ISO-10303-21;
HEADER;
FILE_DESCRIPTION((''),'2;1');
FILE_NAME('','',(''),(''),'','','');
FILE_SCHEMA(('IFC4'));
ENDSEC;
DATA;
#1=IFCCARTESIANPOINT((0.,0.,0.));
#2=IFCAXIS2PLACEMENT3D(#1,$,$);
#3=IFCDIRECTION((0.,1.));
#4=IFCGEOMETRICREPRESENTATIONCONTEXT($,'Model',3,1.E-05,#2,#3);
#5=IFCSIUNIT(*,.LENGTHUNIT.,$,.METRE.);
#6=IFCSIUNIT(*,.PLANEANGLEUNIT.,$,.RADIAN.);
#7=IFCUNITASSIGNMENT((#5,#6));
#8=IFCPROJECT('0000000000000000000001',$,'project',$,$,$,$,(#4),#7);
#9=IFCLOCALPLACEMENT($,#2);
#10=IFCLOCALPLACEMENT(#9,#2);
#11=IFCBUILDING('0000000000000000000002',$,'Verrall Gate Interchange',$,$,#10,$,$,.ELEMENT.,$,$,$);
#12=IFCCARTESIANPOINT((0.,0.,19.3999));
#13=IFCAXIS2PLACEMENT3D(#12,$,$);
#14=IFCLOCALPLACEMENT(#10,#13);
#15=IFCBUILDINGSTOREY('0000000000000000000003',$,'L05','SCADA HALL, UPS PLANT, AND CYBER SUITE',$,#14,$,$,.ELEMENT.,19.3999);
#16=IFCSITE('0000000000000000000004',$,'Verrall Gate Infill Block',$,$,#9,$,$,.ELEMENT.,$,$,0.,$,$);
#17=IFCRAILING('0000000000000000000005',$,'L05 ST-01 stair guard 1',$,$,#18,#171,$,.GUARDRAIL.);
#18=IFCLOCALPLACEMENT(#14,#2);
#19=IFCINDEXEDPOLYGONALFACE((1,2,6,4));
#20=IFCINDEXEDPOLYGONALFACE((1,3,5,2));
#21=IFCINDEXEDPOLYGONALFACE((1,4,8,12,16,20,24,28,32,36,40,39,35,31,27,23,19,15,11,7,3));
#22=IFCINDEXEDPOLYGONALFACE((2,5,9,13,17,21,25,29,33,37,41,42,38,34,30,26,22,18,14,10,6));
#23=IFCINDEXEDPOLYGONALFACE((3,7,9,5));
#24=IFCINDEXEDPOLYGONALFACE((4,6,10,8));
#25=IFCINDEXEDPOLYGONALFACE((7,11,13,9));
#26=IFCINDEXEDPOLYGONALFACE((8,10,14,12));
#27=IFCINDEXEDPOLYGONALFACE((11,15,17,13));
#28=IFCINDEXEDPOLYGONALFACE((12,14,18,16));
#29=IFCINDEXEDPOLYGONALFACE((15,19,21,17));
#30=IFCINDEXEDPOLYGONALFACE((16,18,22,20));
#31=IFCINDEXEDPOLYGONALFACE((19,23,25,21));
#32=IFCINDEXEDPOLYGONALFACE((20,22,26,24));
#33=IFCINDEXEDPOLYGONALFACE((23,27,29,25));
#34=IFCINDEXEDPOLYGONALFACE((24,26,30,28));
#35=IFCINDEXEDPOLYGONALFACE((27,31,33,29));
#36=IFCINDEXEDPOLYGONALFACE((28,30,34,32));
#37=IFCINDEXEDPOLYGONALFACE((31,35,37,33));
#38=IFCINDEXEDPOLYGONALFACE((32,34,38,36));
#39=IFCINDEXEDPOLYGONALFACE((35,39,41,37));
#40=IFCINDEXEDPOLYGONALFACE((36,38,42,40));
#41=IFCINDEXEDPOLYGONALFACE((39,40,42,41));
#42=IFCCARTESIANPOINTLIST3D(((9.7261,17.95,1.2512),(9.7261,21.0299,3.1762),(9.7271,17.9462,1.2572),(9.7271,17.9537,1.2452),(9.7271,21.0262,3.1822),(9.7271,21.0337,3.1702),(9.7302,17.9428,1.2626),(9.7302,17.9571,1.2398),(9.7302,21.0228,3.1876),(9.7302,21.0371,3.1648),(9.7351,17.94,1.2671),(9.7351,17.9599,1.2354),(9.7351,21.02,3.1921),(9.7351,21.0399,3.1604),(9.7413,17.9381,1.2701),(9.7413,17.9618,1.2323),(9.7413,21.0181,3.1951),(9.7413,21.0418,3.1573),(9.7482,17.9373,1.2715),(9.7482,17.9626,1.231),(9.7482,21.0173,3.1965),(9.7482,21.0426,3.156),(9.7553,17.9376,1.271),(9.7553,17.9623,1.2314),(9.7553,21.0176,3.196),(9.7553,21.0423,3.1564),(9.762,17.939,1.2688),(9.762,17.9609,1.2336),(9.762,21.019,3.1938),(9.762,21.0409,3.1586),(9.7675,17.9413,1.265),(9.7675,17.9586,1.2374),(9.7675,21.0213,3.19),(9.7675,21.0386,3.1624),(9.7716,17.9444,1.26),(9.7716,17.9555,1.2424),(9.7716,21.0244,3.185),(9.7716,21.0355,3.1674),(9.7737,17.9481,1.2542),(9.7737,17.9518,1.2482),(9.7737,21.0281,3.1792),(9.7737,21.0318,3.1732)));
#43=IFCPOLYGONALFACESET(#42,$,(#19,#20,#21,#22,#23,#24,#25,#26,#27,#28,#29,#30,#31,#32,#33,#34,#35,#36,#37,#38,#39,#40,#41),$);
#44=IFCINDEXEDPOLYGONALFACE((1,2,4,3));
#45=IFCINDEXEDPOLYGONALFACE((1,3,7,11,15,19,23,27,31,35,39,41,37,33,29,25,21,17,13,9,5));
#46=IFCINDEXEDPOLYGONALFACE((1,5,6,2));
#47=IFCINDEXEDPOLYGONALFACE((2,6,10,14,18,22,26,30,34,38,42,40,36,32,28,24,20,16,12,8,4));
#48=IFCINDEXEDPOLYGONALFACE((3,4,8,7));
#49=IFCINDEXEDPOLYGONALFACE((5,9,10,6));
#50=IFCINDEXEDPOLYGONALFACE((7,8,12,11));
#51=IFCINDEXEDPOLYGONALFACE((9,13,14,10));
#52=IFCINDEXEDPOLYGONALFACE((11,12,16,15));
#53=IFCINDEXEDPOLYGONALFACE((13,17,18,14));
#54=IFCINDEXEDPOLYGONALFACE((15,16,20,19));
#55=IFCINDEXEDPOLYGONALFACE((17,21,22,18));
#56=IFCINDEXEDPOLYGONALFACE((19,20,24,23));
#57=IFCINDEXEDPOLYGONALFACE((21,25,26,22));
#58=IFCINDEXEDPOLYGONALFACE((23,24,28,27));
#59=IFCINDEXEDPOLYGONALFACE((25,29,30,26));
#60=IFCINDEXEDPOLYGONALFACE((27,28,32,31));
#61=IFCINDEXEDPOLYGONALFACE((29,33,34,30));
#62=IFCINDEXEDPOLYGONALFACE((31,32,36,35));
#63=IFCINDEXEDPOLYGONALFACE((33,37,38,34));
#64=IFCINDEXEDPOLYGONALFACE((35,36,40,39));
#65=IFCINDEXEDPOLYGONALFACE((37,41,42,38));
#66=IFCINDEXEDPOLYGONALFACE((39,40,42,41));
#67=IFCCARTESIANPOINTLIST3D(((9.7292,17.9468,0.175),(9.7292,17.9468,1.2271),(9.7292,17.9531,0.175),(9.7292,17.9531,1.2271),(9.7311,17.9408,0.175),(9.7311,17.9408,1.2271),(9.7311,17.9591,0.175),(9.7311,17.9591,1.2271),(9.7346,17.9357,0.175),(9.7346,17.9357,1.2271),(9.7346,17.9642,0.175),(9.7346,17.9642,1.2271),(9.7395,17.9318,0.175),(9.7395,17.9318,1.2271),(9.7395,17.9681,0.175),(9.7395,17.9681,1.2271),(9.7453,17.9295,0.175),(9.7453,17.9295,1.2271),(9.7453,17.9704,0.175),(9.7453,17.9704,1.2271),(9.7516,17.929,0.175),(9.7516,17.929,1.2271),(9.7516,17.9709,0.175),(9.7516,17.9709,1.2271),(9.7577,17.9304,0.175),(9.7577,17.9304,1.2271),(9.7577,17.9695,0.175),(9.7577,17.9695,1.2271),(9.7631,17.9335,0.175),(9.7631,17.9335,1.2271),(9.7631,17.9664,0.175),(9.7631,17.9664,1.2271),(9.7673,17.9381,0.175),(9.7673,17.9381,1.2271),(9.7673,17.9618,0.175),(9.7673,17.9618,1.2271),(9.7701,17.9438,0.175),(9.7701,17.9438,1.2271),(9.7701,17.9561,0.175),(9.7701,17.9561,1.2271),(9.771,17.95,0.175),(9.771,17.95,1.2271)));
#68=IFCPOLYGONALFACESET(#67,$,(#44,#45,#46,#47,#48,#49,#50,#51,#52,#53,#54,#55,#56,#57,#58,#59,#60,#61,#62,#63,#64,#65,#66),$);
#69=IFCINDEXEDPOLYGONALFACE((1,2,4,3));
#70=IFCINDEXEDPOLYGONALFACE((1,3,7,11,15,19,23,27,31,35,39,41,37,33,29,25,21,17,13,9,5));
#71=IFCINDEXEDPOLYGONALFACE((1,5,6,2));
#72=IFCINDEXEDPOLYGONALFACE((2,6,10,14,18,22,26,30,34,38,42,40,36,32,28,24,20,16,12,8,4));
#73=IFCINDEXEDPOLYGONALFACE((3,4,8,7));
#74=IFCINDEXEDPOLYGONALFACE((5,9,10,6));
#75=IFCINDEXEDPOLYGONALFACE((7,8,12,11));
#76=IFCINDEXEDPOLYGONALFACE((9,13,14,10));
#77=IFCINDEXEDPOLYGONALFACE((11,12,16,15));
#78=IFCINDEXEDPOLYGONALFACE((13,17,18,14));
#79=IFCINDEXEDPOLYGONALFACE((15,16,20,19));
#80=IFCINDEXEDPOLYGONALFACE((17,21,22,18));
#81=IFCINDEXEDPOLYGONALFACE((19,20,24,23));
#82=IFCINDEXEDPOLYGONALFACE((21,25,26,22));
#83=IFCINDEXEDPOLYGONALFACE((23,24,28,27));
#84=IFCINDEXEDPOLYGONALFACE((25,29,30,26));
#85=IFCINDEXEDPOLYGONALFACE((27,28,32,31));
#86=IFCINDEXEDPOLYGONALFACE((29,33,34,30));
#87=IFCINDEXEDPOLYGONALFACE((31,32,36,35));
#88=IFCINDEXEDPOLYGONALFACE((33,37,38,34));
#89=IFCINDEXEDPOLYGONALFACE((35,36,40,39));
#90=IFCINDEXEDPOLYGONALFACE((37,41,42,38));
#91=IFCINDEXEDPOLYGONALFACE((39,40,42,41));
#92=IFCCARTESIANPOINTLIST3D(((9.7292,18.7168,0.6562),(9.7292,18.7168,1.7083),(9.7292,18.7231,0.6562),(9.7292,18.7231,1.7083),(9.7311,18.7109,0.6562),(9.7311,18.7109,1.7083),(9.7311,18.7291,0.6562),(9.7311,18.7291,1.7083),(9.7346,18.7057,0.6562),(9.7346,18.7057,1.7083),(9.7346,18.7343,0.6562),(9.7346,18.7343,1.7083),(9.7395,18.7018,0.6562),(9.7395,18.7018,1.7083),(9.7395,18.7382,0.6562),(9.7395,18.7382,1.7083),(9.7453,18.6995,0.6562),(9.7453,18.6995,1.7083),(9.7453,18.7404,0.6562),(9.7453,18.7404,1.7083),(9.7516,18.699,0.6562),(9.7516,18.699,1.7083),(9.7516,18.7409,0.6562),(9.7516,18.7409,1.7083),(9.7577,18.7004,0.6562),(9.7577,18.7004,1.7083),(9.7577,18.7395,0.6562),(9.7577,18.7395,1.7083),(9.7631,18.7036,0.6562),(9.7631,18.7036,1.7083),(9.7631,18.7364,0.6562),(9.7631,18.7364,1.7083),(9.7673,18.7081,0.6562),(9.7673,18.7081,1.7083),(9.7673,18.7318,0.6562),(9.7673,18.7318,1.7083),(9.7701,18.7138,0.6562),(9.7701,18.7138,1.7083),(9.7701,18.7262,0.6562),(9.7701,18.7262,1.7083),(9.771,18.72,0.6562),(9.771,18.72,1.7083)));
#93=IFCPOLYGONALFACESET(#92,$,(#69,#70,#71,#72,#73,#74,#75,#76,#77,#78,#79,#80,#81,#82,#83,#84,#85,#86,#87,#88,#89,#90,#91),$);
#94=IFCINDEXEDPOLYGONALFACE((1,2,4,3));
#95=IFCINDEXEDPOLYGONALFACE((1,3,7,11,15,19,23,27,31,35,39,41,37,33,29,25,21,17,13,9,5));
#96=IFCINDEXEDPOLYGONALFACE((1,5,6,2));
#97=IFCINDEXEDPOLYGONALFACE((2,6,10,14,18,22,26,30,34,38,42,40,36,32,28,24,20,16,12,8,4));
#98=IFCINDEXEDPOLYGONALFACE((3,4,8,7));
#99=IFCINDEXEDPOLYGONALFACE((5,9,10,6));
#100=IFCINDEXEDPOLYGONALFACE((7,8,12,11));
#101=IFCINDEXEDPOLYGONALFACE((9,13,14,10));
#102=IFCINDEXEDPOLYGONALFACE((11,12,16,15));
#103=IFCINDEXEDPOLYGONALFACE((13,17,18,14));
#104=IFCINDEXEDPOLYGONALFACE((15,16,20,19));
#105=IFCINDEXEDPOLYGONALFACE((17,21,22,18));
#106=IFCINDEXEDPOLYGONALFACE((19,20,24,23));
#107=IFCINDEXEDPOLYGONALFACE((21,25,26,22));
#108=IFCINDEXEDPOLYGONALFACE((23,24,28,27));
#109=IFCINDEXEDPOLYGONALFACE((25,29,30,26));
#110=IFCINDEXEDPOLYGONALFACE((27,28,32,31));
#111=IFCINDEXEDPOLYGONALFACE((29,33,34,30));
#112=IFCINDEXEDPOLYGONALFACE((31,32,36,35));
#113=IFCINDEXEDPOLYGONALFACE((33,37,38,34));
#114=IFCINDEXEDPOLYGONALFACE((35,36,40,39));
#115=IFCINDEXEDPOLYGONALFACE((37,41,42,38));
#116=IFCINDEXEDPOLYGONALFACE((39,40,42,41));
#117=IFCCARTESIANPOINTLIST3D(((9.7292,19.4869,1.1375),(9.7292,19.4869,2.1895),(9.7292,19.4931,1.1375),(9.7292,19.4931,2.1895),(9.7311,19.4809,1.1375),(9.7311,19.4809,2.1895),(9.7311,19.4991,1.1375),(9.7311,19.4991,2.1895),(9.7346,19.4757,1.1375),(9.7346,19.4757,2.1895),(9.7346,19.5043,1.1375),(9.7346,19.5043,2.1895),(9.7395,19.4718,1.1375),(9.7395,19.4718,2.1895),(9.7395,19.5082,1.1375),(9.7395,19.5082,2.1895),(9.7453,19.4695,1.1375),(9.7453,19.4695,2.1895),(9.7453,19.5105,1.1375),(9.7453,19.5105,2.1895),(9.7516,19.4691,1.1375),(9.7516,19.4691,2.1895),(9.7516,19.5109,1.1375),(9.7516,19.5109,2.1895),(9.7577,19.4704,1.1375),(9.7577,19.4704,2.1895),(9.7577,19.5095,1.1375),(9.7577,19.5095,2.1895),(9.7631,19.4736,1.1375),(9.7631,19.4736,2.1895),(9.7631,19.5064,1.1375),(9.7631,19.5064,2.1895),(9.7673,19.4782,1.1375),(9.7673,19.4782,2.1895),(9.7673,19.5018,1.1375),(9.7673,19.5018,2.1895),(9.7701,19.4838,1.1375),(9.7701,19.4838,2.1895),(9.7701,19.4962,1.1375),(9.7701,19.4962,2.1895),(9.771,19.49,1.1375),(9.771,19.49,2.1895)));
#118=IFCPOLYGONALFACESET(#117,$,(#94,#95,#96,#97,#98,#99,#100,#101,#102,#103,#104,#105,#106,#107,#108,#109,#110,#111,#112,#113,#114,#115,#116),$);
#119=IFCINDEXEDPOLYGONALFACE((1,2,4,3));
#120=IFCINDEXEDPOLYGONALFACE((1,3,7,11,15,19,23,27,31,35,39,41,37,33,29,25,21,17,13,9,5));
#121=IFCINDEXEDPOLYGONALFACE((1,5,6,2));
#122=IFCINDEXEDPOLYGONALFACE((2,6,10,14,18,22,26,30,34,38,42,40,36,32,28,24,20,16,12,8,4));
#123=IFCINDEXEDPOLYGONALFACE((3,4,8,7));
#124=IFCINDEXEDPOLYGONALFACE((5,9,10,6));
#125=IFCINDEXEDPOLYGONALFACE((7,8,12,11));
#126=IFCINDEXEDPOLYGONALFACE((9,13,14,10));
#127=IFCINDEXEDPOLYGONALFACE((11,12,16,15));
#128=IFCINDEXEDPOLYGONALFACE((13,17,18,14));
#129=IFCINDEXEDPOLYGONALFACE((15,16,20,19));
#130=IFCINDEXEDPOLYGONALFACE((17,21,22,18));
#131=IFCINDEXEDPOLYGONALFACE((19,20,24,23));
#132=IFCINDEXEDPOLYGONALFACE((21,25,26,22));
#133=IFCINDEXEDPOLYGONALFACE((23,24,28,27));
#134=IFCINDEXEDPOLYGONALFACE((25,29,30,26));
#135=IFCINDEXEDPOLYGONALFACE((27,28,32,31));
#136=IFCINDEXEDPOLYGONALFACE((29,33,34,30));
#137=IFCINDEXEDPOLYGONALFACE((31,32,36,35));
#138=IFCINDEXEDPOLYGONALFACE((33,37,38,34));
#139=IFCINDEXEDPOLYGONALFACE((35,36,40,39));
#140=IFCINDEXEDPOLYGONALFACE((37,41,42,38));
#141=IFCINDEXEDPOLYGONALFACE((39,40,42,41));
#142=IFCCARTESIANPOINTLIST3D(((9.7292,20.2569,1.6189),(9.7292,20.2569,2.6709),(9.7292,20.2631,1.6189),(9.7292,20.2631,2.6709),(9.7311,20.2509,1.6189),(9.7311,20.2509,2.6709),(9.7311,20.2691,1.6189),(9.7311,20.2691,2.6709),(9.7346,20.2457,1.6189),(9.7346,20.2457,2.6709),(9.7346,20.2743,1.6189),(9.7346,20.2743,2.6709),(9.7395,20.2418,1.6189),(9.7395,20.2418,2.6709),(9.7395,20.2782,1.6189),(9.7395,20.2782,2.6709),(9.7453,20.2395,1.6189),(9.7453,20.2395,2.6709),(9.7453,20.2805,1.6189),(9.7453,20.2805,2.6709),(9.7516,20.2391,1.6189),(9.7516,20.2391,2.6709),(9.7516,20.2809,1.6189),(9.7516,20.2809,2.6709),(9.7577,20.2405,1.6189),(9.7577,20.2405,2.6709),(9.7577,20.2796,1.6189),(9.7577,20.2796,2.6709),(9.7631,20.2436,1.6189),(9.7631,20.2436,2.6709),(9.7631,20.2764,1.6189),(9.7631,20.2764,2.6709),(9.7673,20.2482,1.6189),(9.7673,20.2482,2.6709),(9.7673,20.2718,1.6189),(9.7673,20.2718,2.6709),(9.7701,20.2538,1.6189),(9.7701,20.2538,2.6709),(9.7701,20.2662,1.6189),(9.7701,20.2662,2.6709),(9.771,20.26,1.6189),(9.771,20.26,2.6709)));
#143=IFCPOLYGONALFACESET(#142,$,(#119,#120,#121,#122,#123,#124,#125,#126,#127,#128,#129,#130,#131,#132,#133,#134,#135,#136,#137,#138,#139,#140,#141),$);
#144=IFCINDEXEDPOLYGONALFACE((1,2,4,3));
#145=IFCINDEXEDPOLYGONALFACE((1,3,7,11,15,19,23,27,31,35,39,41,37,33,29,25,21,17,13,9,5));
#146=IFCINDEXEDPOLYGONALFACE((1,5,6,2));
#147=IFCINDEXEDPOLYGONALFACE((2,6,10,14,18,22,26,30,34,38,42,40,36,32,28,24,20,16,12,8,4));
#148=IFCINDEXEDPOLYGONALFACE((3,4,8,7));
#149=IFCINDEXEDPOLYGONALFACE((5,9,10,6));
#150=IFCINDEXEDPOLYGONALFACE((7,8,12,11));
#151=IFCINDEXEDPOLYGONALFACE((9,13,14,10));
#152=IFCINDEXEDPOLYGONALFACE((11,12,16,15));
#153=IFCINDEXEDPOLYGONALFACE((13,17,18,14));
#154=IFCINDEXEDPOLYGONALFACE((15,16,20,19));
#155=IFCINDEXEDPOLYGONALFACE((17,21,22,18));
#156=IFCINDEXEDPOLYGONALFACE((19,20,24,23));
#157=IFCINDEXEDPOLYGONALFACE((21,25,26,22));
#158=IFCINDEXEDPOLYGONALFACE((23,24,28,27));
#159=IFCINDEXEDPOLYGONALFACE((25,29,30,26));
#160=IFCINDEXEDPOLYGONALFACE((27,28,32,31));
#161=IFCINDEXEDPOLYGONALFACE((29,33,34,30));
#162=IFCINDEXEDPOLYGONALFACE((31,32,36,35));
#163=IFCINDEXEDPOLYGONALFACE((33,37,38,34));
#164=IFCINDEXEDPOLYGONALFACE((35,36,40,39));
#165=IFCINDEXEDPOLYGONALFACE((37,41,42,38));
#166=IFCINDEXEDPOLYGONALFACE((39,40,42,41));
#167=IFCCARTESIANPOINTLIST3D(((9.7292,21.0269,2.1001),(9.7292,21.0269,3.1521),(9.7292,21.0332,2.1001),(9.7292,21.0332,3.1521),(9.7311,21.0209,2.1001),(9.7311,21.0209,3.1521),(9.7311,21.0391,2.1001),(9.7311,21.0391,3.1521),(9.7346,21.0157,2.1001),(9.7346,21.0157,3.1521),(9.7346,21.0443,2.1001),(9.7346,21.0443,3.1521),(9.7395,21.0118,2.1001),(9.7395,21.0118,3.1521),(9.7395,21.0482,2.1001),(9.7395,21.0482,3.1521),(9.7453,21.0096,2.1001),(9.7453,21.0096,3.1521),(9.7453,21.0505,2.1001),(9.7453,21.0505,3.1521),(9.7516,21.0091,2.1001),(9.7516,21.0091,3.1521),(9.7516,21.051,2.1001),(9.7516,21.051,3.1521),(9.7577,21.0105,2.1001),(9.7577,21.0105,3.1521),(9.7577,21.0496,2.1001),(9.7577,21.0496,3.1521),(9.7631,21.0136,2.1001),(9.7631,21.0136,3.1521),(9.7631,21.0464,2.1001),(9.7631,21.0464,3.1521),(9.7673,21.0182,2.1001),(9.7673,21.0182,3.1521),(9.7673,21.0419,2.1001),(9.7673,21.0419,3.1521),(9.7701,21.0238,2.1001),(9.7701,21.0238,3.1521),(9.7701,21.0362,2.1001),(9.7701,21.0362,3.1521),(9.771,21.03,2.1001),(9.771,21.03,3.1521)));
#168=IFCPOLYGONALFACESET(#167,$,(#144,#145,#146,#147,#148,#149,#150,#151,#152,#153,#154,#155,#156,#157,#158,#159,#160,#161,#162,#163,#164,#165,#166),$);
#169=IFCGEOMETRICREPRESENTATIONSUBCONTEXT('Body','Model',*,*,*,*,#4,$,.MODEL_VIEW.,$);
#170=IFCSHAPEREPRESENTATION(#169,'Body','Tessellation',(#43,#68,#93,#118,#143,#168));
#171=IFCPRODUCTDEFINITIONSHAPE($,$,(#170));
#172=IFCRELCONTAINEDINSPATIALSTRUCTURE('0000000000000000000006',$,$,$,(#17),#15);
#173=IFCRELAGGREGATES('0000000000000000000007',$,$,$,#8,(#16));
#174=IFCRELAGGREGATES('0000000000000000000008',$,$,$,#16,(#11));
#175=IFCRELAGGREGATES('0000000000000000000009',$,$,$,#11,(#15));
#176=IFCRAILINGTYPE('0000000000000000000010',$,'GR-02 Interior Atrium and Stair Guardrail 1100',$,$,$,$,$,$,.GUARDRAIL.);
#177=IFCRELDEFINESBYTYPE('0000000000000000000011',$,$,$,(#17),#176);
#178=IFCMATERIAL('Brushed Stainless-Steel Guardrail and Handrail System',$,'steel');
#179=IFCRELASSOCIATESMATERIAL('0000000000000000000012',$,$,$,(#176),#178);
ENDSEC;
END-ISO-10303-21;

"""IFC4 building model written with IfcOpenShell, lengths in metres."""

from ifc_helpers import new_model, si_unit, direction, frame, origin, origin_2d, place, context, subcontext, project, spatial, circle, extrude, material, type_object, element, save


model = new_model("IFC4")

# Units and contexts
model_context = context("Model", 3, precision=1e-05, world=origin(), true_north=direction((0.0, 1.0)))
body_context = subcontext(model_context, "Body", "Model", "MODEL_VIEW")
ifc_project = project(units=[si_unit("LENGTHUNIT", "METRE"), si_unit("PLANEANGLEUNIT", "RADIAN")], contexts=[model_context])

# Site, building, storey
site_placement = place(None, origin())
site = spatial("IfcSite", under=ifc_project, at=site_placement, Name="Verrall Gate Infill Block", CompositionType="ELEMENT", RefElevation=0.0)
building_placement = place(site_placement, origin())
building = spatial("IfcBuilding", under=site, at=building_placement, Name="Verrall Gate Interchange", CompositionType="ELEMENT")
storey_placement = place(building_placement, frame((0.0, 0.0, 19.3999)))
storey = spatial("IfcBuildingStorey", under=building, at=storey_placement, Name="L05", Description="SCADA HALL, UPS PLANT, AND CYBER SUITE", CompositionType="ELEMENT", Elevation=19.3999)

# Railing
ifc_material_1 = material(Name="Brushed Stainless-Steel Guardrail and Handrail System", Category="steel")
railing_type_1 = type_object("IfcRailingType", Name="GR-02 Interior Atrium and Stair Guardrail 1100", PredefinedType="GUARDRAIL", material=ifc_material_1)
railing_1_placement = place(storey_placement, frame((9.75, 17.95, 0.175)))
element("IfcRailing", 1, at=railing_1_placement, inside=storey, type_object=railing_type_1, Name="L05 ST-01 stair guard 1", PredefinedType="GUARDRAIL", context=body_context, shape_type="SweptSolid", body=[
    extrude(circle(Radius=0.0239, at=origin_2d()), frame((0.0, 0.0, 1.0762), z_axis=(0.0, 0.847998, 0.529999), x_axis=(-1.0, 0.0, 0.0)), (0.0, 0.0, 1.0), 3.6321),
    extrude(circle(Radius=0.021, at=origin_2d()), origin(), (0.0, 0.0, 1.0), 1.052),
    extrude(circle(Radius=0.021, at=origin_2d()), frame((0.0, 0.77, 0.4812)), (0.0, 0.0, 1.0), 1.052),
    extrude(circle(Radius=0.021, at=origin_2d()), frame((0.0, 1.54, 0.9624)), (0.0, 0.0, 1.0), 1.052),
    extrude(circle(Radius=0.021, at=origin_2d()), frame((0.0, 2.3101, 1.4438)), (0.0, 0.0, 1.0), 1.052),
    extrude(circle(Radius=0.021, at=origin_2d()), frame((0.0, 3.0801, 1.925)), (0.0, 0.0, 1.0), 1.052),
])

save(model, "model.ifc")
